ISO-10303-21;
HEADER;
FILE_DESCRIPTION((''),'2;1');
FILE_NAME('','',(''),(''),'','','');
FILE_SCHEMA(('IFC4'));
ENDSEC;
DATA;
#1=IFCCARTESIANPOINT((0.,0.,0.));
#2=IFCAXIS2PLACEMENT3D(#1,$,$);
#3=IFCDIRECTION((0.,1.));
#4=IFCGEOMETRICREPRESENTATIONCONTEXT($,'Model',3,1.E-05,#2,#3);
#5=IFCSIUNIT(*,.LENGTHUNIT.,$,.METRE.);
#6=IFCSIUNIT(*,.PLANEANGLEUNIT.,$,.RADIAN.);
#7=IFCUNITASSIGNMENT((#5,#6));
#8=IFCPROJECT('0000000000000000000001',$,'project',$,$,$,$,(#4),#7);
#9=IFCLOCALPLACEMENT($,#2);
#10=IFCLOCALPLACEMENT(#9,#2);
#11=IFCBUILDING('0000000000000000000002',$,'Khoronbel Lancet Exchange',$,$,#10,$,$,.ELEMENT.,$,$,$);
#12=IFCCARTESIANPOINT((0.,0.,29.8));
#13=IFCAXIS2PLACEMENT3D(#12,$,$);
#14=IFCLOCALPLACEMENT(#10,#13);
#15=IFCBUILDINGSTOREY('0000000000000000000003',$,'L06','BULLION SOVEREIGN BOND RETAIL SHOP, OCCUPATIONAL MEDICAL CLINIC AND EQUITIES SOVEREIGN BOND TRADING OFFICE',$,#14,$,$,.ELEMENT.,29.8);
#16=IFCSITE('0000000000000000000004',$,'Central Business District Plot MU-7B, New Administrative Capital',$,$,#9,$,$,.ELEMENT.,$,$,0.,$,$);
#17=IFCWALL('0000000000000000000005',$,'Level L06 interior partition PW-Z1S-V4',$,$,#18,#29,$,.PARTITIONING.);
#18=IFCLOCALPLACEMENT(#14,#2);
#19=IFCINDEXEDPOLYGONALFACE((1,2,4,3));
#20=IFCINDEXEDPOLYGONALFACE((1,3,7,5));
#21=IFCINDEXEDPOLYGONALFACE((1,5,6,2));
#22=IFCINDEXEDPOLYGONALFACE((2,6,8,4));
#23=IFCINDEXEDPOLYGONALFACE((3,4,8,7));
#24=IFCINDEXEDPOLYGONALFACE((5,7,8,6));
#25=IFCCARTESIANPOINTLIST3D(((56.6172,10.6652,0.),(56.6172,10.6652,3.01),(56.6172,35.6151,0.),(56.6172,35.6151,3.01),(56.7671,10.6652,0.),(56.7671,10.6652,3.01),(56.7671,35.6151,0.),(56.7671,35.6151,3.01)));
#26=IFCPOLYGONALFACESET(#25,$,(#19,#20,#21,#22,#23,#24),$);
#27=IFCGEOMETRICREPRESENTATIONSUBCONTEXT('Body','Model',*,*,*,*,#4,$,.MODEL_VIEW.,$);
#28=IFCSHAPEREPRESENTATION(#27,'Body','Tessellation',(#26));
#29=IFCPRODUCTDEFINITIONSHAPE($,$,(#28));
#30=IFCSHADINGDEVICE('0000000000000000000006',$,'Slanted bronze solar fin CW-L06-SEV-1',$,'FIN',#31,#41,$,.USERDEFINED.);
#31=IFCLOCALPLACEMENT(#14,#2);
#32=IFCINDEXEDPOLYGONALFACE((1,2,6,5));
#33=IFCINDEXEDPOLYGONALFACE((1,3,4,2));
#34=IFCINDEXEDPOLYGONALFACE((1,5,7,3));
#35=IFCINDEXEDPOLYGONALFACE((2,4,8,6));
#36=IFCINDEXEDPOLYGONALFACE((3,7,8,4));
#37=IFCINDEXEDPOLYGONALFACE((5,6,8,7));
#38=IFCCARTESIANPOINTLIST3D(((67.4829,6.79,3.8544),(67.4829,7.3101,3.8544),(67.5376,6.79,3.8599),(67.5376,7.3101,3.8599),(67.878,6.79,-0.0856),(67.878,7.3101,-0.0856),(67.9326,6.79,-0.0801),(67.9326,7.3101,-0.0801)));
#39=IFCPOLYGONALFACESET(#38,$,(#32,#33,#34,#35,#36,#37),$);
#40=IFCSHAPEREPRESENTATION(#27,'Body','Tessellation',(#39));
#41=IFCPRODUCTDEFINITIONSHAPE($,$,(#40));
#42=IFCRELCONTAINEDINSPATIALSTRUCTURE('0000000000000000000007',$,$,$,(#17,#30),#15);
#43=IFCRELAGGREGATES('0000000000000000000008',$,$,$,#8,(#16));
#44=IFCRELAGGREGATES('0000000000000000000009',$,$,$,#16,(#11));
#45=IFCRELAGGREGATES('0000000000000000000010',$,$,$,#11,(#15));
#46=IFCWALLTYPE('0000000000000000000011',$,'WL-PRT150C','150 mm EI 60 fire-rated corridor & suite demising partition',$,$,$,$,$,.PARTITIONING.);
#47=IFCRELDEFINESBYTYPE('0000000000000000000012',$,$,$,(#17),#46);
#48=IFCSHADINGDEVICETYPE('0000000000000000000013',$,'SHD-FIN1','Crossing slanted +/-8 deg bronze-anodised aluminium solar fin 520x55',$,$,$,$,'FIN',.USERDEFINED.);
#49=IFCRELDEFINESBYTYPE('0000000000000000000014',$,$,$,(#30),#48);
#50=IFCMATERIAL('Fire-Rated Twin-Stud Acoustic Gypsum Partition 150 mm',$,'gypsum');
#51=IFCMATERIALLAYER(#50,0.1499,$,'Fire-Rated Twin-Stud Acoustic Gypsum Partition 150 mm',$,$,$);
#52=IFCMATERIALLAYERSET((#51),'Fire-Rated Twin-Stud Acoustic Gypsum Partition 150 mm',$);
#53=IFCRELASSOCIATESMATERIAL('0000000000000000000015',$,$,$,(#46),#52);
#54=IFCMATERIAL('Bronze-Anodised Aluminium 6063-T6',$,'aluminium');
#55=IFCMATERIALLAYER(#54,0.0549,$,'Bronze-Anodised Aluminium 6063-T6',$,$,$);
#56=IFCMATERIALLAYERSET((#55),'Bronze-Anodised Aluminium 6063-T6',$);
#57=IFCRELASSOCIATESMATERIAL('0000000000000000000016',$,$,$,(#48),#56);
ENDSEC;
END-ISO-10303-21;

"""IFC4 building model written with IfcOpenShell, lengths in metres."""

from ifc_helpers import new_model, si_unit, direction, frame, frame_2d, origin, place, context, subcontext, project, spatial, polyline, rectangle, outline, extrude, material, layer, layer_set, type_object, element, save


model = new_model("IFC4")

# Units and contexts
model_context = context("Model", 3, precision=1e-05, world=origin(), true_north=direction((0.0, 1.0)))
body_context = subcontext(model_context, "Body", "Model", "MODEL_VIEW")
ifc_project = project(units=[si_unit("LENGTHUNIT", "METRE"), si_unit("PLANEANGLEUNIT", "RADIAN")], contexts=[model_context])

# Site, building, storey
site_placement = place(None, origin())
site = spatial("IfcSite", under=ifc_project, at=site_placement, Name="Central Business District Plot MU-7B, New Administrative Capital", CompositionType="ELEMENT", RefElevation=0.0)
building_placement = place(site_placement, origin())
building = spatial("IfcBuilding", under=site, at=building_placement, Name="Khoronbel Lancet Exchange", CompositionType="ELEMENT")
storey_placement = place(building_placement, frame((0.0, 0.0, 29.8)))
storey = spatial("IfcBuildingStorey", under=building, at=storey_placement, Name="L06", Description="BULLION SOVEREIGN BOND RETAIL SHOP, OCCUPATIONAL MEDICAL CLINIC AND EQUITIES SOVEREIGN BOND TRADING OFFICE", CompositionType="ELEMENT", Elevation=29.8)

# Shared definitions
ifc_material_1 = material(Name="Bronze-Anodised Aluminium 6063-T6", Category="aluminium")

# Wall
ifc_material_2 = material(Name="Fire-Rated Twin-Stud Acoustic Gypsum Partition 150 mm", Category="gypsum")
ifc_layer_1 = layer(ifc_material_2, 0.1499, Name="Fire-Rated Twin-Stud Acoustic Gypsum Partition 150 mm")
ifc_layer_set_1 = layer_set([ifc_layer_1], Name="Fire-Rated Twin-Stud Acoustic Gypsum Partition 150 mm")
wall_type_1 = type_object("IfcWallType", Name="WL-PRT150C", Description="150 mm EI 60 fire-rated corridor & suite demising partition", PredefinedType="PARTITIONING", material=ifc_layer_set_1)
wall_1_placement = place(storey_placement, frame((56.6921, 10.665, 0.0), z_axis=(0.0, 0.0, 1.0), x_axis=(0.0, 1.0, 0.0)))
element("IfcWall", 1, at=wall_1_placement, inside=storey, type_object=wall_type_1, Name="Level L06 interior partition PW-Z1S-V4", PredefinedType="PARTITIONING", context=body_context, shape_type="SweptSolid", body=[
    extrude(rectangle(XDim=24.95, YDim=0.1499, at=frame_2d((12.4751, 0.0))), origin(), (0.0, 0.0, 1.0), 3.01),
])

# Shading device
ifc_layer_2 = layer(ifc_material_1, 0.0549, Name="Bronze-Anodised Aluminium 6063-T6")
ifc_layer_set_2 = layer_set([ifc_layer_2], Name="Bronze-Anodised Aluminium 6063-T6")
shading_device_type = type_object("IfcShadingDeviceType", Name="SHD-FIN1", Description="Crossing slanted +/-8 deg bronze-anodised aluminium solar fin 520x55", ElementType="FIN", PredefinedType="USERDEFINED", material=ifc_layer_set_2)
shading_device_placement = place(storey_placement, frame((67.9326, 7.3101, -0.0801), z_axis=(0.995012, 0.0, 0.09976), x_axis=(0.0, -1.0, 0.0)))
element("IfcShadingDevice", 2, at=shading_device_placement, inside=storey, type_object=shading_device_type, Name="Slanted bronze solar fin CW-L06-SEV-1", ObjectType="FIN", PredefinedType="USERDEFINED", context=body_context, shape_type="SweptSolid", body=[
    extrude(outline(polyline([(0.0, 0.0), (0.52, 0.0), (0.52, -3.9597), (0.0, -3.9597), (0.0, 0.0)])), origin(), (0.0, 0.0, -1.0), 0.0549),
])

save(model, "model.ifc")
